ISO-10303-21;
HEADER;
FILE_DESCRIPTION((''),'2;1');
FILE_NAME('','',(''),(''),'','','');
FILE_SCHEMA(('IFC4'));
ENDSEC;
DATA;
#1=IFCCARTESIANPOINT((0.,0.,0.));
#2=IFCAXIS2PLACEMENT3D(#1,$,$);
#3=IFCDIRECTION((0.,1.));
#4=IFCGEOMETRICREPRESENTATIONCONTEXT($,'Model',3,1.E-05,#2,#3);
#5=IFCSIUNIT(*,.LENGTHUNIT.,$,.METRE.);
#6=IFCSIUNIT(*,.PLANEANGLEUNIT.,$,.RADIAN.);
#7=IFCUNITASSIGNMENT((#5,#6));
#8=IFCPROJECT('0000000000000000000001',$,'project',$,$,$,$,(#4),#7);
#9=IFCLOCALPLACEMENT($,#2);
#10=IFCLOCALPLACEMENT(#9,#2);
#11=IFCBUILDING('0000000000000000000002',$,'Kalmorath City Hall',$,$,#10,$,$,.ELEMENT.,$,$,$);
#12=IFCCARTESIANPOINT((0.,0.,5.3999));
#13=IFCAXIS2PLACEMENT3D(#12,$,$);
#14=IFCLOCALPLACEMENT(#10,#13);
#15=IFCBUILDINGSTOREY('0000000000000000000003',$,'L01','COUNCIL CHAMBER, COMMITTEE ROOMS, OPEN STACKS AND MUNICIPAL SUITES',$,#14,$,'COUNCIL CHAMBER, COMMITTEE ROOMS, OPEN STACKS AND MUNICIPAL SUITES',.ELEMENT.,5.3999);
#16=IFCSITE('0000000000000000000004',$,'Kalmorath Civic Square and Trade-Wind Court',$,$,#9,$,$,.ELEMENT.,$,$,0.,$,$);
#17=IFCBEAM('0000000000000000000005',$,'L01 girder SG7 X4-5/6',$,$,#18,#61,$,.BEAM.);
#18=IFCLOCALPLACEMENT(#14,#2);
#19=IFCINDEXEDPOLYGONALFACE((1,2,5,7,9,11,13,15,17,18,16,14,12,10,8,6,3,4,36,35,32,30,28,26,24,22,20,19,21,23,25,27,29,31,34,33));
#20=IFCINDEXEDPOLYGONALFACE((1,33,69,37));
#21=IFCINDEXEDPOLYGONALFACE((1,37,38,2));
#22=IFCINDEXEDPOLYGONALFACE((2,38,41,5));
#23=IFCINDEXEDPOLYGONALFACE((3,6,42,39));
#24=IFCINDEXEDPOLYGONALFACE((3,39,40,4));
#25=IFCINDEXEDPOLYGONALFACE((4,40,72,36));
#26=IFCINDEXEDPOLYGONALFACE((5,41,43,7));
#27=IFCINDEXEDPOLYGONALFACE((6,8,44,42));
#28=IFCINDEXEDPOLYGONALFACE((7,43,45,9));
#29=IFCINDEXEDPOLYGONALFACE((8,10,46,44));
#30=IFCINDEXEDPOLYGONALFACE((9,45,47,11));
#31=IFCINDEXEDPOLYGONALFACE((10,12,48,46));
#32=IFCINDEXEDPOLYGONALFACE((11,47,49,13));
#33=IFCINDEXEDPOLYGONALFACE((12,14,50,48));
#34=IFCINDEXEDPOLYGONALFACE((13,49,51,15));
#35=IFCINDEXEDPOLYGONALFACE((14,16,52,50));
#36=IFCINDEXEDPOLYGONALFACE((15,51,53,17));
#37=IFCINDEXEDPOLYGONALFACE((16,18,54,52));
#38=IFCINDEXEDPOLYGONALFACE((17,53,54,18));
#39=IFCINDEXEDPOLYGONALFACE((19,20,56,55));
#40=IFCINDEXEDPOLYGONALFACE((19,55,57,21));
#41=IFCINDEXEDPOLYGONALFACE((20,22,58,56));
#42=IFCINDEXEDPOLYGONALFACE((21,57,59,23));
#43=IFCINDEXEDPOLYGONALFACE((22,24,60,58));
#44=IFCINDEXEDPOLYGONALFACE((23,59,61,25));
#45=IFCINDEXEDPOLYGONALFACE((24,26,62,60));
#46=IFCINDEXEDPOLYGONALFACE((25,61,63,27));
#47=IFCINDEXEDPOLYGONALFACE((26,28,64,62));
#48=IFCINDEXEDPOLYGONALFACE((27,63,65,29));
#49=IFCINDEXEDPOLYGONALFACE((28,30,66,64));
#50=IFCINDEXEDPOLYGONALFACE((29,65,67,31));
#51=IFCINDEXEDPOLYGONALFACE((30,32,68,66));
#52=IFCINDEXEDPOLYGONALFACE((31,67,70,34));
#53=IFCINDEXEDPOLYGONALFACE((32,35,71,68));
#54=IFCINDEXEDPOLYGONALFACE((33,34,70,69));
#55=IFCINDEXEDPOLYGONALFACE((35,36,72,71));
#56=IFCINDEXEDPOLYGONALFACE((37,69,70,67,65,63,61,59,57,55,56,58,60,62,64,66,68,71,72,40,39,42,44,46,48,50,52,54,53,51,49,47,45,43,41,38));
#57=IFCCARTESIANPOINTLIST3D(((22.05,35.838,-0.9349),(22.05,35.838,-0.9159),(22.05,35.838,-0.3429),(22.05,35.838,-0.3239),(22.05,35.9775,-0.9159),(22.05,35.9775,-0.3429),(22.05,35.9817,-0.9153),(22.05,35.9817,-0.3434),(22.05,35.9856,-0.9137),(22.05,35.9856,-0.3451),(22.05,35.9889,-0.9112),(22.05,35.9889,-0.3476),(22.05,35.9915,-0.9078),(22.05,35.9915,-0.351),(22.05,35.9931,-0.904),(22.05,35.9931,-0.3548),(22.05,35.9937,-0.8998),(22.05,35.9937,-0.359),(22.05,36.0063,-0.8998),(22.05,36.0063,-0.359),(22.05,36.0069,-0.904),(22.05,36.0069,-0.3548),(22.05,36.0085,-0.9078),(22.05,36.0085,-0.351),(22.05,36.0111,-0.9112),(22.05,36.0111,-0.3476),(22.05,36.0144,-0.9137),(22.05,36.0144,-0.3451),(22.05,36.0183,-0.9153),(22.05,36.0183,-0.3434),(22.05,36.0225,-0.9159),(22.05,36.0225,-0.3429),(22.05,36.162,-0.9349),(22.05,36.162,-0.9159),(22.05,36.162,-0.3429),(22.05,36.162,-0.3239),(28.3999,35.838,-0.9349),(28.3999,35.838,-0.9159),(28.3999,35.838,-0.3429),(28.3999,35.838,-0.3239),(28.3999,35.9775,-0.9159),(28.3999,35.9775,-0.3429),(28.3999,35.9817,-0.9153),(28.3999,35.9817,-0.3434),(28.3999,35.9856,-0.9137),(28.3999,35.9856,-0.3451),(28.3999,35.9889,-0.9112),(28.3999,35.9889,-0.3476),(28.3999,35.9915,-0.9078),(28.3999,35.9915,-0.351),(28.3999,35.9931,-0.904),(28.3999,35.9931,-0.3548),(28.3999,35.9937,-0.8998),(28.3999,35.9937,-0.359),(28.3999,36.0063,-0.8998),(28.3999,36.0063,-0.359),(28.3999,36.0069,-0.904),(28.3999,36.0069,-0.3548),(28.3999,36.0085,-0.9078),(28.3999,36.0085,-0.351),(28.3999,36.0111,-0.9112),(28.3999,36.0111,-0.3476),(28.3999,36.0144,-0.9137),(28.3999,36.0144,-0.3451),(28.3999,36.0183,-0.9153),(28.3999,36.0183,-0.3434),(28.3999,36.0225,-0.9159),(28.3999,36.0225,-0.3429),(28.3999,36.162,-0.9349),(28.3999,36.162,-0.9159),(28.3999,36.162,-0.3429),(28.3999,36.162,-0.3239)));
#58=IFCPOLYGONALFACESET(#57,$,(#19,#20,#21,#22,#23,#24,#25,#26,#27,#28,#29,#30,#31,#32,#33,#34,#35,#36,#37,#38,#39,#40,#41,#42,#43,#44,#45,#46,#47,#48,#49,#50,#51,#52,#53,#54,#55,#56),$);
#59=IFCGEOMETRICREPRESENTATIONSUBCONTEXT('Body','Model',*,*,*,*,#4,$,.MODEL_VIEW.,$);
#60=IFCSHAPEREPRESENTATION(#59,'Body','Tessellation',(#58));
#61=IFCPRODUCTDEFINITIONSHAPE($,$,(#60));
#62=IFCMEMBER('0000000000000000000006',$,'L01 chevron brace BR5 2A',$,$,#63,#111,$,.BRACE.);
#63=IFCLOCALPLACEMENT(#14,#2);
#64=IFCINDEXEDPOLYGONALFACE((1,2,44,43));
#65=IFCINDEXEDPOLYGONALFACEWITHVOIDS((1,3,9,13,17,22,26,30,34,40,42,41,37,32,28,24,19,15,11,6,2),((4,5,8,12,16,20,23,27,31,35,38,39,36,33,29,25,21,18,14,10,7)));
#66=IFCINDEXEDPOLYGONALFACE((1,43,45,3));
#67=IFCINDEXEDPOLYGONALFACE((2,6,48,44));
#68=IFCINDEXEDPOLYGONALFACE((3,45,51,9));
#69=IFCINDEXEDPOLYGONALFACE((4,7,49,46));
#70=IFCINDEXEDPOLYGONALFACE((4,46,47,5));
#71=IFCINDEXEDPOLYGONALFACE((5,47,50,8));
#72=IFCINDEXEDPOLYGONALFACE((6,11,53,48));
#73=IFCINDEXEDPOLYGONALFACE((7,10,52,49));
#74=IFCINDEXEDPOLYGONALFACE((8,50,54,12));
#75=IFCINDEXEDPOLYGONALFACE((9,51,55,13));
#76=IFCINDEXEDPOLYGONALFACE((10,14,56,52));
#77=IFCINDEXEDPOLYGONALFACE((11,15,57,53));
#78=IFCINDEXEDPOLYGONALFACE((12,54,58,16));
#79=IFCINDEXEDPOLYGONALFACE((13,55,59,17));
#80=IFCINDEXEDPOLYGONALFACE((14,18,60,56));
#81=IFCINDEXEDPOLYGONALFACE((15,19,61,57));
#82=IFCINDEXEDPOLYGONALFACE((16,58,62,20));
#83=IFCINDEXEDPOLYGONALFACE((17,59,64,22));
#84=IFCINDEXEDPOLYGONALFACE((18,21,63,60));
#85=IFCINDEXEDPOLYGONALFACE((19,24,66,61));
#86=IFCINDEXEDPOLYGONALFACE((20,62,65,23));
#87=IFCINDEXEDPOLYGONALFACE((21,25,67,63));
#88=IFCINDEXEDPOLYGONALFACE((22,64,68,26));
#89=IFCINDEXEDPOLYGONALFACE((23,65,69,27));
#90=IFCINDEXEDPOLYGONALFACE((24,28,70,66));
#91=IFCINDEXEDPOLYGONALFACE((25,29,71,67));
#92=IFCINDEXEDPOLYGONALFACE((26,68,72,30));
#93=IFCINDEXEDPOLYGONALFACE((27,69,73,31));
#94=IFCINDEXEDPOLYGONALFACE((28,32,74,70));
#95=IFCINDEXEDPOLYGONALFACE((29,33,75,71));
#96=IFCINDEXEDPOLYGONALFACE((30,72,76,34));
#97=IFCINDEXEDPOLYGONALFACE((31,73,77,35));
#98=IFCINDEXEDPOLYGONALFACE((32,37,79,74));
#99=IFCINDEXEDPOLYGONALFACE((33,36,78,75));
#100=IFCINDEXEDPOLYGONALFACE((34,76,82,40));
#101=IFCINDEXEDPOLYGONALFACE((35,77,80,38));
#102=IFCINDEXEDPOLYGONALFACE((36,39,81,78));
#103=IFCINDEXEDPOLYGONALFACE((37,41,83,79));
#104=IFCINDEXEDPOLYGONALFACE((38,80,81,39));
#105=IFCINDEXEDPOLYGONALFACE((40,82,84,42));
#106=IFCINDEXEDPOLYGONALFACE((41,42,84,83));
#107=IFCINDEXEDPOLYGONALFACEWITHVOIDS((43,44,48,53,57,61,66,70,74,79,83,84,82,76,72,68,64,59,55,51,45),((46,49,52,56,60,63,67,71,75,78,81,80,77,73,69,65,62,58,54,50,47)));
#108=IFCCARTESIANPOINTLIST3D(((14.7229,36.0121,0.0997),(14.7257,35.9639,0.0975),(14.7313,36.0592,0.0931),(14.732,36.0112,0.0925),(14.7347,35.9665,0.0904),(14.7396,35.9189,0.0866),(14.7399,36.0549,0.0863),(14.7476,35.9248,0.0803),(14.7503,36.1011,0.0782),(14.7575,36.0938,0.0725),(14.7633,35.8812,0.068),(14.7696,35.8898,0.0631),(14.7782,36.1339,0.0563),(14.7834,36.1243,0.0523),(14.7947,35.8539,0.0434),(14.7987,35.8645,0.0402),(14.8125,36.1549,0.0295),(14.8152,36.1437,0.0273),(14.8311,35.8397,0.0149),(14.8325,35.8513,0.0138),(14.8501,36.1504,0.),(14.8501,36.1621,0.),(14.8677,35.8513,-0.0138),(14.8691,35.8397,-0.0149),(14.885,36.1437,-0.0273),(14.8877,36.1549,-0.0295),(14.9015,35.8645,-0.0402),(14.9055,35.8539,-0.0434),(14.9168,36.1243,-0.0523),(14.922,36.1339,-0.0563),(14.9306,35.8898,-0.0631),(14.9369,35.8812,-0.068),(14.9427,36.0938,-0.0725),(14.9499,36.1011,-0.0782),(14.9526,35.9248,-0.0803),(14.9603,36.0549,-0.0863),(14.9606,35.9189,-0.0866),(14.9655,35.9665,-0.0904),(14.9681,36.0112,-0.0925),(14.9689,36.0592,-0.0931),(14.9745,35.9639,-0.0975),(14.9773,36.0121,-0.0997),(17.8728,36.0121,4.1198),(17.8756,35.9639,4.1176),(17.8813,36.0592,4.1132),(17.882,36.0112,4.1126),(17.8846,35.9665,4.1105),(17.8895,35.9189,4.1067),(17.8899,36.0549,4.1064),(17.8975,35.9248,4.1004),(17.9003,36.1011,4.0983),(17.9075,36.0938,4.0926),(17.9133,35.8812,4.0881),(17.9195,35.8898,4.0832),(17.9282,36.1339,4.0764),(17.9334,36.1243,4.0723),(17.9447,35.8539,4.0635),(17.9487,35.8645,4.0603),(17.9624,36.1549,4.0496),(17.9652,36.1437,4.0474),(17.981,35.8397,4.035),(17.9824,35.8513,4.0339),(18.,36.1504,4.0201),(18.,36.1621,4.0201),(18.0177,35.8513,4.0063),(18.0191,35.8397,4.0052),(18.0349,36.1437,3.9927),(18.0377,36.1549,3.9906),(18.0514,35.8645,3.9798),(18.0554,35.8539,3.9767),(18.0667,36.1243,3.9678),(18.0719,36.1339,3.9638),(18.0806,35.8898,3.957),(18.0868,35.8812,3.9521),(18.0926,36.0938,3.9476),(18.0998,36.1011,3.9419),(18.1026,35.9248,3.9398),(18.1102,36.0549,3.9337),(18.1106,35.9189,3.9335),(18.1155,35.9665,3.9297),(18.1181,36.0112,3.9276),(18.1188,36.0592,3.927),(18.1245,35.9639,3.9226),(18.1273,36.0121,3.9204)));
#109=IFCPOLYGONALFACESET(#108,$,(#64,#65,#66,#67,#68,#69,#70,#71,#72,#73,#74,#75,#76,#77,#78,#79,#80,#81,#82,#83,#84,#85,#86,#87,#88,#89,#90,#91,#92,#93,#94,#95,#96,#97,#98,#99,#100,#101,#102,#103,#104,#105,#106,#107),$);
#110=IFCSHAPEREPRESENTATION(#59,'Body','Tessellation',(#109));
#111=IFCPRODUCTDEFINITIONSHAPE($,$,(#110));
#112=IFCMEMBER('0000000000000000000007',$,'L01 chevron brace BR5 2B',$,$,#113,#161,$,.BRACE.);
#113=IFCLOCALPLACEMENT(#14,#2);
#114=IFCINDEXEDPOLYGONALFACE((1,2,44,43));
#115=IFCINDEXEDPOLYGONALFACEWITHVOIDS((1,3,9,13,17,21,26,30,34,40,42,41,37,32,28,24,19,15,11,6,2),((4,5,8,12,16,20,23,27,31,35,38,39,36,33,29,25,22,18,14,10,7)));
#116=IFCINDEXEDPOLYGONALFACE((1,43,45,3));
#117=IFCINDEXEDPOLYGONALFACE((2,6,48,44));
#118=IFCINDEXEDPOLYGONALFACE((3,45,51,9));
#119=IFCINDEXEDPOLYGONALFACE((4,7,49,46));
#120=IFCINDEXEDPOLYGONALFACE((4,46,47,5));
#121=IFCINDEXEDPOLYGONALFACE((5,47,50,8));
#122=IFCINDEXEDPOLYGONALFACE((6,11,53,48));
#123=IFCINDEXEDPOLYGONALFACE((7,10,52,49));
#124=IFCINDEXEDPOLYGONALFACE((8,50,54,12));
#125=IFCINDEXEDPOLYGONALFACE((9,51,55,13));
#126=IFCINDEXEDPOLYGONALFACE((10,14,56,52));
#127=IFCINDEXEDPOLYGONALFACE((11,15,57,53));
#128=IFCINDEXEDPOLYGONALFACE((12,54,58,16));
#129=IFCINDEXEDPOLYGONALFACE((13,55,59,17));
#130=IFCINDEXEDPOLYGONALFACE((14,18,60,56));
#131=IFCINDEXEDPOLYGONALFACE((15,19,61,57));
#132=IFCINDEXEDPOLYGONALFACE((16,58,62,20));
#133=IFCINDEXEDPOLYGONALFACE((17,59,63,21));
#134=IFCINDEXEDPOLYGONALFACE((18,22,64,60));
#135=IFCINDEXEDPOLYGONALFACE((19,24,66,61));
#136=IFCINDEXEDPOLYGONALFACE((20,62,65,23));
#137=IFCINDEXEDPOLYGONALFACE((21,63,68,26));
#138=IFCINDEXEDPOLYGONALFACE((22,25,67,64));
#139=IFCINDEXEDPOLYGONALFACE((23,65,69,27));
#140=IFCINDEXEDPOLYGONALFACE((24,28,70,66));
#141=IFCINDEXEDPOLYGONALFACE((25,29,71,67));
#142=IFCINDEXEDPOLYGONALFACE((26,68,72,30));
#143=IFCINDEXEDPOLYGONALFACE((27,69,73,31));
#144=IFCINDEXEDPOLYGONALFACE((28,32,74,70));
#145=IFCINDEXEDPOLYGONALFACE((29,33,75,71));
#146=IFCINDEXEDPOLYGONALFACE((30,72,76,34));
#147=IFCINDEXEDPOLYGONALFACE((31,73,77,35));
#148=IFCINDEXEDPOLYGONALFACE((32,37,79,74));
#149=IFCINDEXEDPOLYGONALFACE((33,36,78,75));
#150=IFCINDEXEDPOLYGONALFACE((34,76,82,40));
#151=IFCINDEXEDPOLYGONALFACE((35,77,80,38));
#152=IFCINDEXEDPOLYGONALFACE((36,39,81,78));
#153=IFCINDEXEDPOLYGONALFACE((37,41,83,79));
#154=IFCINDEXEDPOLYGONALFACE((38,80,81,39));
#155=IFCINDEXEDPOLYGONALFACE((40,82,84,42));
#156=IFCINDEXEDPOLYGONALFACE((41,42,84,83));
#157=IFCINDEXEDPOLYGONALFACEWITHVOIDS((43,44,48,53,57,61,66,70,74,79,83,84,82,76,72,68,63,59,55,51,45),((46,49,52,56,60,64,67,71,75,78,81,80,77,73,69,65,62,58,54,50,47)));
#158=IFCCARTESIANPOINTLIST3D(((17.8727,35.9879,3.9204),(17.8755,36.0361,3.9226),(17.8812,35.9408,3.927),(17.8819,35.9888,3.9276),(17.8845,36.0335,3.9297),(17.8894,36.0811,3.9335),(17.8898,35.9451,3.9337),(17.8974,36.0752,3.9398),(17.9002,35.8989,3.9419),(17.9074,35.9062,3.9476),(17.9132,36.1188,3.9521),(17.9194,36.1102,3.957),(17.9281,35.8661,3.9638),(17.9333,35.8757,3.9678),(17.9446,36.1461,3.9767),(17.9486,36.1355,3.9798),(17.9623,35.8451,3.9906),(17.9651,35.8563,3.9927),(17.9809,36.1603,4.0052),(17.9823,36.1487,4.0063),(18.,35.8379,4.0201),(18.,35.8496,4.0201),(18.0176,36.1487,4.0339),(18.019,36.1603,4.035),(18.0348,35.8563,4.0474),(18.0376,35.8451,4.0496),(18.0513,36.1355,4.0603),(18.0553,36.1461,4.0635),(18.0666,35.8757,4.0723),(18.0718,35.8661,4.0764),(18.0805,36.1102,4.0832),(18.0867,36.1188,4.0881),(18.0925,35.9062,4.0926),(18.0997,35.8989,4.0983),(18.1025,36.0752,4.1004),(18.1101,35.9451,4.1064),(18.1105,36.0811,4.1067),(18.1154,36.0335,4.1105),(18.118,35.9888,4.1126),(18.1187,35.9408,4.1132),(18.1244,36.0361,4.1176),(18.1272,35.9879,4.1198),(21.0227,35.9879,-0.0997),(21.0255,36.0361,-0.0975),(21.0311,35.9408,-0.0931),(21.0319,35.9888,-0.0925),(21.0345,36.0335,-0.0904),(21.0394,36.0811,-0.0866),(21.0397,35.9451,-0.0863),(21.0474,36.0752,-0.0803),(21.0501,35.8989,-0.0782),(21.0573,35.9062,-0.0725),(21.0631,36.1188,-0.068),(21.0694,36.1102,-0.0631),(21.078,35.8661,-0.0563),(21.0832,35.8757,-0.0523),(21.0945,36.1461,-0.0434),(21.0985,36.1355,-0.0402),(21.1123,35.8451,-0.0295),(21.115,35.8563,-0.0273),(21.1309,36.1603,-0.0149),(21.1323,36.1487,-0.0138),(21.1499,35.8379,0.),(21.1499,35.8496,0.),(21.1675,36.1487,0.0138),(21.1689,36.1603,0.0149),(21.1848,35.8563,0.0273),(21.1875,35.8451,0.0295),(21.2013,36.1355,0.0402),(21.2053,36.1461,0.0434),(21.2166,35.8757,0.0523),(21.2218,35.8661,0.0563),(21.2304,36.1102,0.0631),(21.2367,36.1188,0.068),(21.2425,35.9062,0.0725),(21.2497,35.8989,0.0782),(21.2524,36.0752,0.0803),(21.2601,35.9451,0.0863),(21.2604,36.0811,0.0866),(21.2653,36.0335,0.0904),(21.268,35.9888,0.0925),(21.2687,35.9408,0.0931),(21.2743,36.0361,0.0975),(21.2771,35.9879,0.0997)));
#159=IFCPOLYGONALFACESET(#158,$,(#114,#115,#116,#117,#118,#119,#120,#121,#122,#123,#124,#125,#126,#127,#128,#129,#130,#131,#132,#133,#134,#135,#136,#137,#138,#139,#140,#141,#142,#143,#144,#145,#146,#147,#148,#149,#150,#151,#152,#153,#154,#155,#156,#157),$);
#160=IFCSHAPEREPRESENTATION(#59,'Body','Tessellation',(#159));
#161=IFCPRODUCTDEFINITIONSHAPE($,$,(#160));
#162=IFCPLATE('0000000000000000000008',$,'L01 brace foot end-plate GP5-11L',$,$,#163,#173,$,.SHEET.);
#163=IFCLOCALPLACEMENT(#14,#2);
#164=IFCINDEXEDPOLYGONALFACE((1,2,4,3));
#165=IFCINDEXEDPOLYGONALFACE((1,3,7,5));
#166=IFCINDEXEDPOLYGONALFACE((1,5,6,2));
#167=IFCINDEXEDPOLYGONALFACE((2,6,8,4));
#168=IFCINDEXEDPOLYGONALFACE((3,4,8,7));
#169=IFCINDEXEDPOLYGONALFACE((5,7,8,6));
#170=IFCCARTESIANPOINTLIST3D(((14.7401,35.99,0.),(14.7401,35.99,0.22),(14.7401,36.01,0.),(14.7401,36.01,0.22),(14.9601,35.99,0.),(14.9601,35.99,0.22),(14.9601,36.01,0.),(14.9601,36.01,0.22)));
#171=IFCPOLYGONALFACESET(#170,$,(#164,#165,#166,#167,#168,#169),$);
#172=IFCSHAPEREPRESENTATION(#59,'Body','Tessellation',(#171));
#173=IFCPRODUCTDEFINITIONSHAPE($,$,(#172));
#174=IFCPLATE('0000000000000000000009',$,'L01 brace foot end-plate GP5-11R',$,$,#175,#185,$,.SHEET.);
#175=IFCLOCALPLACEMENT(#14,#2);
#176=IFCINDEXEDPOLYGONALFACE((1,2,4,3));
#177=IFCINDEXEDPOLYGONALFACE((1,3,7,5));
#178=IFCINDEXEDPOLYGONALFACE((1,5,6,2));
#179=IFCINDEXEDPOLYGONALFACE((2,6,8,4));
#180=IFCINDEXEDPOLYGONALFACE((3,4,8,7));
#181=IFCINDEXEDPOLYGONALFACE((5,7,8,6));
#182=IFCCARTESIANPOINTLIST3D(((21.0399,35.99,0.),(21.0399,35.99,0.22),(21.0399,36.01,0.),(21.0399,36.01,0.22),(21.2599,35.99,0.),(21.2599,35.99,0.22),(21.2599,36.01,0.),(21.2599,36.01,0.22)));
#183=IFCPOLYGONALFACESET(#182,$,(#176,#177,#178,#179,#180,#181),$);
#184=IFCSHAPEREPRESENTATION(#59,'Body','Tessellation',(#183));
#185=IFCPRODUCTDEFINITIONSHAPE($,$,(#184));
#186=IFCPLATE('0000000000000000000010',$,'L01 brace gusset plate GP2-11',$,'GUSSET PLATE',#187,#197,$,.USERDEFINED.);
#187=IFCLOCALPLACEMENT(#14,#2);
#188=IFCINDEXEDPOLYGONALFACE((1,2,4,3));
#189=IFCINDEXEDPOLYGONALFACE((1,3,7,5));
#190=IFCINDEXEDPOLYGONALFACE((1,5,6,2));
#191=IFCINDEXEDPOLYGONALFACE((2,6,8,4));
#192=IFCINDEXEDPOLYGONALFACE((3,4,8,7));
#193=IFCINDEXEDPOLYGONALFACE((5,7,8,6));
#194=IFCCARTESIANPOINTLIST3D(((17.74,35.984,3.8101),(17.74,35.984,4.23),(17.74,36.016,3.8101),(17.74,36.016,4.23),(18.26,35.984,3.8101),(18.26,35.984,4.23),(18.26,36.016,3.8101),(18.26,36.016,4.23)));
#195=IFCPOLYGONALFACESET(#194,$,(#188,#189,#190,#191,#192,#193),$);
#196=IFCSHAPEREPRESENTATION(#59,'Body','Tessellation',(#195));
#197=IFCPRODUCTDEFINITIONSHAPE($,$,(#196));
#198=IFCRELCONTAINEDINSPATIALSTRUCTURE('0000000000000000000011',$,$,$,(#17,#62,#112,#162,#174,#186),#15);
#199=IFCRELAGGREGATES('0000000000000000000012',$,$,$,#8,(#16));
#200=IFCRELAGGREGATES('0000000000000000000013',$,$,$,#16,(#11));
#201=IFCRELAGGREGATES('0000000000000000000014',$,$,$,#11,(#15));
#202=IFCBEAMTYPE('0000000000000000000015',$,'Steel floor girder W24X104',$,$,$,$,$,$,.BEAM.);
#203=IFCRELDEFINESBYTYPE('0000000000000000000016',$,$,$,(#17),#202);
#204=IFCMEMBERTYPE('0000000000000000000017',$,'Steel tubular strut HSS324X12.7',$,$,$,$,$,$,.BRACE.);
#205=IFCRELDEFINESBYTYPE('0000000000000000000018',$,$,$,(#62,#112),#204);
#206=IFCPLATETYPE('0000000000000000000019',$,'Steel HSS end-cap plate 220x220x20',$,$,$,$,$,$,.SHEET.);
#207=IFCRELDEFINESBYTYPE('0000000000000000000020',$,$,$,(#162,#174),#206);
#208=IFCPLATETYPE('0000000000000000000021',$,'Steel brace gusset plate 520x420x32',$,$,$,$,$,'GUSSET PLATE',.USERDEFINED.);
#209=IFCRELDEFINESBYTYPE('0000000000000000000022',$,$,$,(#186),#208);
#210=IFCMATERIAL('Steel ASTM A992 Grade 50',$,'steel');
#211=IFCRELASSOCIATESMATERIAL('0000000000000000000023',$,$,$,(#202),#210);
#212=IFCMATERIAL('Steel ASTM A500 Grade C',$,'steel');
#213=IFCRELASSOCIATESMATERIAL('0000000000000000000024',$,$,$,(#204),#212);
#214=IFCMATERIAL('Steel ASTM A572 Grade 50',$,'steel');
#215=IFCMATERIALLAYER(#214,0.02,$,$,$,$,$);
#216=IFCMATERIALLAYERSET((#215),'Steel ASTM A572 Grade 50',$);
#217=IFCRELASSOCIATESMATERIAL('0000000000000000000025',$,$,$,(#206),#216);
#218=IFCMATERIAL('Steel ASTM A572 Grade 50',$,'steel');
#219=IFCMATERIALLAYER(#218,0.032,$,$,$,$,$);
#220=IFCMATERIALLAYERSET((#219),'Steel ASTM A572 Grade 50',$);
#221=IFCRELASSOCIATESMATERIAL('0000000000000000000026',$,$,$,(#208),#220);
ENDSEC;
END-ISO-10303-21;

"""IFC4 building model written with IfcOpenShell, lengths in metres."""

from ifc_helpers import new_model, si_unit, direction, frame, origin, origin_2d, place, context, subcontext, project, spatial, rectangle, hollow_circle, i_section, extrude, material, layer, layer_set, material_profile, profile_set, type_object, element, save


model = new_model("IFC4")

# Units and contexts
model_context = context("Model", 3, precision=1e-05, world=origin(), true_north=direction((0.0, 1.0)))
body_context = subcontext(model_context, "Body", "Model", "MODEL_VIEW")
ifc_project = project(units=[si_unit("LENGTHUNIT", "METRE"), si_unit("PLANEANGLEUNIT", "RADIAN")], contexts=[model_context])

# Site, building, storey
site_placement = place(None, origin())
site = spatial("IfcSite", under=ifc_project, at=site_placement, Name="Kalmorath Civic Square and Trade-Wind Court", CompositionType="ELEMENT", RefElevation=0.0)
building_placement = place(site_placement, origin())
building = spatial("IfcBuilding", under=site, at=building_placement, Name="Kalmorath City Hall", CompositionType="ELEMENT")
storey_placement = place(building_placement, frame((0.0, 0.0, 5.3999)))
storey = spatial("IfcBuildingStorey", under=building, at=storey_placement, Name="L01", Description="COUNCIL CHAMBER, COMMITTEE ROOMS, OPEN STACKS AND MUNICIPAL SUITES", LongName="COUNCIL CHAMBER, COMMITTEE ROOMS, OPEN STACKS AND MUNICIPAL SUITES", CompositionType="ELEMENT", Elevation=5.3999)

# Beam
ifc_material_1 = material(Name="Steel ASTM A992 Grade 50", Category="steel")
ifc_material_profile_1 = material_profile(ifc_material_1, i_section(OverallWidth=0.324, OverallDepth=0.6111, WebThickness=0.0127, FlangeThickness=0.019, FilletRadius=0.0161, at=origin_2d()), Name="W24X104")
ifc_profile_set_1 = profile_set([ifc_material_profile_1], Name="Steel ASTM A992 Grade 50")
beam_type_1 = type_object("IfcBeamType", Name="Steel floor girder W24X104", PredefinedType="BEAM", material=ifc_profile_set_1)
beam_1_placement = place(storey_placement, frame((22.05, 36.0, -0.6294), z_axis=(1.0, 0.0, 0.0), x_axis=(0.0, 1.0, 0.0)))
element("IfcBeam", 1, at=beam_1_placement, inside=storey, type_object=beam_type_1, Name="L01 girder SG7 X4-5/6", PredefinedType="BEAM", context=body_context, shape_type="SweptSolid", body=[
    extrude(i_section(OverallWidth=0.324, OverallDepth=0.6111, WebThickness=0.0127, FlangeThickness=0.019, FilletRadius=0.0161, at=origin_2d()), origin(), (0.0, 0.0, 1.0), 6.3499),
])

# Members
ifc_material_2 = material(Name="Steel ASTM A500 Grade C", Category="steel")
ifc_material_profile_2 = material_profile(ifc_material_2, hollow_circle(Radius=0.1621, WallThickness=0.0117, at=origin_2d()), Name="HSS324X12.7")
ifc_profile_set_2 = profile_set([ifc_material_profile_2], Name="Steel ASTM A500 Grade C")
member_type = type_object("IfcMemberType", Name="Steel tubular strut HSS324X12.7", PredefinedType="BRACE", material=ifc_profile_set_2)
for number, where, z_axis, x_axis, name in (
    (2, (14.8501, 36.0, 0.0), (0.61677, 0.0, 0.787144), (0.0, 1.0, 0.0), "L01 chevron brace BR5 2A"),
    (3, (21.1499, 36.0, 0.0), (-0.61677, 0.0, 0.787144), (0.0, -1.0, 0.0), "L01 chevron brace BR5 2B"),
):
    element("IfcMember", number, at=place(storey_placement, frame(where, z_axis=z_axis, x_axis=x_axis)), inside=storey, type_object=member_type, Name=name, PredefinedType="BRACE", context=body_context, shape_type="SweptSolid", body=[
        extrude(hollow_circle(Radius=0.1621, WallThickness=0.0117, at=origin_2d()), origin(), (0.0, 0.0, 1.0), 5.1072),
    ])

# Plates
ifc_material_3 = material(Name="Steel ASTM A572 Grade 50", Category="steel")
ifc_layer_1 = layer(ifc_material_3, 0.02)
ifc_layer_set_1 = layer_set([ifc_layer_1], Name="Steel ASTM A572 Grade 50")
plate_type_1 = type_object("IfcPlateType", Name="Steel HSS end-cap plate 220x220x20", PredefinedType="SHEET", material=ifc_layer_set_1)
for number, where, z_axis, x_axis, name in (
    (4, (14.8501, 36.0, 0.0), (0.0, 0.0, 1.0), (1.0, 0.0, 0.0), "L01 brace foot end-plate GP5-11L"),
    (5, (21.1499, 36.0, 0.0), (0.0, 0.0, 1.0), (1.0, 0.0, 0.0), "L01 brace foot end-plate GP5-11R"),
):
    element("IfcPlate", number, at=place(storey_placement, frame(where, z_axis=z_axis, x_axis=x_axis)), inside=storey, type_object=plate_type_1, Name=name, PredefinedType="SHEET", context=body_context, shape_type="SweptSolid", body=[
        extrude(rectangle(XDim=0.22, YDim=0.02, at=origin_2d()), origin(), (0.0, 0.0, 1.0), 0.22),
    ])
ifc_material_4 = material(Name="Steel ASTM A572 Grade 50", Category="steel")
ifc_layer_2 = layer(ifc_material_4, 0.032)
ifc_layer_set_2 = layer_set([ifc_layer_2], Name="Steel ASTM A572 Grade 50")
plate_type_2 = type_object("IfcPlateType", Name="Steel brace gusset plate 520x420x32", ElementType="GUSSET PLATE", PredefinedType="USERDEFINED", material=ifc_layer_set_2)
plate_placement = place(storey_placement, frame((18.0, 36.0, 3.8101), z_axis=(0.0, 0.0, 1.0), x_axis=(1.0, 0.0, 0.0)))
element("IfcPlate", 6, at=plate_placement, inside=storey, type_object=plate_type_2, Name="L01 brace gusset plate GP2-11", ObjectType="GUSSET PLATE", PredefinedType="USERDEFINED", context=body_context, shape_type="SweptSolid", body=[
    extrude(rectangle(XDim=0.52, YDim=0.032, at=origin_2d()), origin(), (0.0, 0.0, 1.0), 0.4199),
])

save(model, "model.ifc")
